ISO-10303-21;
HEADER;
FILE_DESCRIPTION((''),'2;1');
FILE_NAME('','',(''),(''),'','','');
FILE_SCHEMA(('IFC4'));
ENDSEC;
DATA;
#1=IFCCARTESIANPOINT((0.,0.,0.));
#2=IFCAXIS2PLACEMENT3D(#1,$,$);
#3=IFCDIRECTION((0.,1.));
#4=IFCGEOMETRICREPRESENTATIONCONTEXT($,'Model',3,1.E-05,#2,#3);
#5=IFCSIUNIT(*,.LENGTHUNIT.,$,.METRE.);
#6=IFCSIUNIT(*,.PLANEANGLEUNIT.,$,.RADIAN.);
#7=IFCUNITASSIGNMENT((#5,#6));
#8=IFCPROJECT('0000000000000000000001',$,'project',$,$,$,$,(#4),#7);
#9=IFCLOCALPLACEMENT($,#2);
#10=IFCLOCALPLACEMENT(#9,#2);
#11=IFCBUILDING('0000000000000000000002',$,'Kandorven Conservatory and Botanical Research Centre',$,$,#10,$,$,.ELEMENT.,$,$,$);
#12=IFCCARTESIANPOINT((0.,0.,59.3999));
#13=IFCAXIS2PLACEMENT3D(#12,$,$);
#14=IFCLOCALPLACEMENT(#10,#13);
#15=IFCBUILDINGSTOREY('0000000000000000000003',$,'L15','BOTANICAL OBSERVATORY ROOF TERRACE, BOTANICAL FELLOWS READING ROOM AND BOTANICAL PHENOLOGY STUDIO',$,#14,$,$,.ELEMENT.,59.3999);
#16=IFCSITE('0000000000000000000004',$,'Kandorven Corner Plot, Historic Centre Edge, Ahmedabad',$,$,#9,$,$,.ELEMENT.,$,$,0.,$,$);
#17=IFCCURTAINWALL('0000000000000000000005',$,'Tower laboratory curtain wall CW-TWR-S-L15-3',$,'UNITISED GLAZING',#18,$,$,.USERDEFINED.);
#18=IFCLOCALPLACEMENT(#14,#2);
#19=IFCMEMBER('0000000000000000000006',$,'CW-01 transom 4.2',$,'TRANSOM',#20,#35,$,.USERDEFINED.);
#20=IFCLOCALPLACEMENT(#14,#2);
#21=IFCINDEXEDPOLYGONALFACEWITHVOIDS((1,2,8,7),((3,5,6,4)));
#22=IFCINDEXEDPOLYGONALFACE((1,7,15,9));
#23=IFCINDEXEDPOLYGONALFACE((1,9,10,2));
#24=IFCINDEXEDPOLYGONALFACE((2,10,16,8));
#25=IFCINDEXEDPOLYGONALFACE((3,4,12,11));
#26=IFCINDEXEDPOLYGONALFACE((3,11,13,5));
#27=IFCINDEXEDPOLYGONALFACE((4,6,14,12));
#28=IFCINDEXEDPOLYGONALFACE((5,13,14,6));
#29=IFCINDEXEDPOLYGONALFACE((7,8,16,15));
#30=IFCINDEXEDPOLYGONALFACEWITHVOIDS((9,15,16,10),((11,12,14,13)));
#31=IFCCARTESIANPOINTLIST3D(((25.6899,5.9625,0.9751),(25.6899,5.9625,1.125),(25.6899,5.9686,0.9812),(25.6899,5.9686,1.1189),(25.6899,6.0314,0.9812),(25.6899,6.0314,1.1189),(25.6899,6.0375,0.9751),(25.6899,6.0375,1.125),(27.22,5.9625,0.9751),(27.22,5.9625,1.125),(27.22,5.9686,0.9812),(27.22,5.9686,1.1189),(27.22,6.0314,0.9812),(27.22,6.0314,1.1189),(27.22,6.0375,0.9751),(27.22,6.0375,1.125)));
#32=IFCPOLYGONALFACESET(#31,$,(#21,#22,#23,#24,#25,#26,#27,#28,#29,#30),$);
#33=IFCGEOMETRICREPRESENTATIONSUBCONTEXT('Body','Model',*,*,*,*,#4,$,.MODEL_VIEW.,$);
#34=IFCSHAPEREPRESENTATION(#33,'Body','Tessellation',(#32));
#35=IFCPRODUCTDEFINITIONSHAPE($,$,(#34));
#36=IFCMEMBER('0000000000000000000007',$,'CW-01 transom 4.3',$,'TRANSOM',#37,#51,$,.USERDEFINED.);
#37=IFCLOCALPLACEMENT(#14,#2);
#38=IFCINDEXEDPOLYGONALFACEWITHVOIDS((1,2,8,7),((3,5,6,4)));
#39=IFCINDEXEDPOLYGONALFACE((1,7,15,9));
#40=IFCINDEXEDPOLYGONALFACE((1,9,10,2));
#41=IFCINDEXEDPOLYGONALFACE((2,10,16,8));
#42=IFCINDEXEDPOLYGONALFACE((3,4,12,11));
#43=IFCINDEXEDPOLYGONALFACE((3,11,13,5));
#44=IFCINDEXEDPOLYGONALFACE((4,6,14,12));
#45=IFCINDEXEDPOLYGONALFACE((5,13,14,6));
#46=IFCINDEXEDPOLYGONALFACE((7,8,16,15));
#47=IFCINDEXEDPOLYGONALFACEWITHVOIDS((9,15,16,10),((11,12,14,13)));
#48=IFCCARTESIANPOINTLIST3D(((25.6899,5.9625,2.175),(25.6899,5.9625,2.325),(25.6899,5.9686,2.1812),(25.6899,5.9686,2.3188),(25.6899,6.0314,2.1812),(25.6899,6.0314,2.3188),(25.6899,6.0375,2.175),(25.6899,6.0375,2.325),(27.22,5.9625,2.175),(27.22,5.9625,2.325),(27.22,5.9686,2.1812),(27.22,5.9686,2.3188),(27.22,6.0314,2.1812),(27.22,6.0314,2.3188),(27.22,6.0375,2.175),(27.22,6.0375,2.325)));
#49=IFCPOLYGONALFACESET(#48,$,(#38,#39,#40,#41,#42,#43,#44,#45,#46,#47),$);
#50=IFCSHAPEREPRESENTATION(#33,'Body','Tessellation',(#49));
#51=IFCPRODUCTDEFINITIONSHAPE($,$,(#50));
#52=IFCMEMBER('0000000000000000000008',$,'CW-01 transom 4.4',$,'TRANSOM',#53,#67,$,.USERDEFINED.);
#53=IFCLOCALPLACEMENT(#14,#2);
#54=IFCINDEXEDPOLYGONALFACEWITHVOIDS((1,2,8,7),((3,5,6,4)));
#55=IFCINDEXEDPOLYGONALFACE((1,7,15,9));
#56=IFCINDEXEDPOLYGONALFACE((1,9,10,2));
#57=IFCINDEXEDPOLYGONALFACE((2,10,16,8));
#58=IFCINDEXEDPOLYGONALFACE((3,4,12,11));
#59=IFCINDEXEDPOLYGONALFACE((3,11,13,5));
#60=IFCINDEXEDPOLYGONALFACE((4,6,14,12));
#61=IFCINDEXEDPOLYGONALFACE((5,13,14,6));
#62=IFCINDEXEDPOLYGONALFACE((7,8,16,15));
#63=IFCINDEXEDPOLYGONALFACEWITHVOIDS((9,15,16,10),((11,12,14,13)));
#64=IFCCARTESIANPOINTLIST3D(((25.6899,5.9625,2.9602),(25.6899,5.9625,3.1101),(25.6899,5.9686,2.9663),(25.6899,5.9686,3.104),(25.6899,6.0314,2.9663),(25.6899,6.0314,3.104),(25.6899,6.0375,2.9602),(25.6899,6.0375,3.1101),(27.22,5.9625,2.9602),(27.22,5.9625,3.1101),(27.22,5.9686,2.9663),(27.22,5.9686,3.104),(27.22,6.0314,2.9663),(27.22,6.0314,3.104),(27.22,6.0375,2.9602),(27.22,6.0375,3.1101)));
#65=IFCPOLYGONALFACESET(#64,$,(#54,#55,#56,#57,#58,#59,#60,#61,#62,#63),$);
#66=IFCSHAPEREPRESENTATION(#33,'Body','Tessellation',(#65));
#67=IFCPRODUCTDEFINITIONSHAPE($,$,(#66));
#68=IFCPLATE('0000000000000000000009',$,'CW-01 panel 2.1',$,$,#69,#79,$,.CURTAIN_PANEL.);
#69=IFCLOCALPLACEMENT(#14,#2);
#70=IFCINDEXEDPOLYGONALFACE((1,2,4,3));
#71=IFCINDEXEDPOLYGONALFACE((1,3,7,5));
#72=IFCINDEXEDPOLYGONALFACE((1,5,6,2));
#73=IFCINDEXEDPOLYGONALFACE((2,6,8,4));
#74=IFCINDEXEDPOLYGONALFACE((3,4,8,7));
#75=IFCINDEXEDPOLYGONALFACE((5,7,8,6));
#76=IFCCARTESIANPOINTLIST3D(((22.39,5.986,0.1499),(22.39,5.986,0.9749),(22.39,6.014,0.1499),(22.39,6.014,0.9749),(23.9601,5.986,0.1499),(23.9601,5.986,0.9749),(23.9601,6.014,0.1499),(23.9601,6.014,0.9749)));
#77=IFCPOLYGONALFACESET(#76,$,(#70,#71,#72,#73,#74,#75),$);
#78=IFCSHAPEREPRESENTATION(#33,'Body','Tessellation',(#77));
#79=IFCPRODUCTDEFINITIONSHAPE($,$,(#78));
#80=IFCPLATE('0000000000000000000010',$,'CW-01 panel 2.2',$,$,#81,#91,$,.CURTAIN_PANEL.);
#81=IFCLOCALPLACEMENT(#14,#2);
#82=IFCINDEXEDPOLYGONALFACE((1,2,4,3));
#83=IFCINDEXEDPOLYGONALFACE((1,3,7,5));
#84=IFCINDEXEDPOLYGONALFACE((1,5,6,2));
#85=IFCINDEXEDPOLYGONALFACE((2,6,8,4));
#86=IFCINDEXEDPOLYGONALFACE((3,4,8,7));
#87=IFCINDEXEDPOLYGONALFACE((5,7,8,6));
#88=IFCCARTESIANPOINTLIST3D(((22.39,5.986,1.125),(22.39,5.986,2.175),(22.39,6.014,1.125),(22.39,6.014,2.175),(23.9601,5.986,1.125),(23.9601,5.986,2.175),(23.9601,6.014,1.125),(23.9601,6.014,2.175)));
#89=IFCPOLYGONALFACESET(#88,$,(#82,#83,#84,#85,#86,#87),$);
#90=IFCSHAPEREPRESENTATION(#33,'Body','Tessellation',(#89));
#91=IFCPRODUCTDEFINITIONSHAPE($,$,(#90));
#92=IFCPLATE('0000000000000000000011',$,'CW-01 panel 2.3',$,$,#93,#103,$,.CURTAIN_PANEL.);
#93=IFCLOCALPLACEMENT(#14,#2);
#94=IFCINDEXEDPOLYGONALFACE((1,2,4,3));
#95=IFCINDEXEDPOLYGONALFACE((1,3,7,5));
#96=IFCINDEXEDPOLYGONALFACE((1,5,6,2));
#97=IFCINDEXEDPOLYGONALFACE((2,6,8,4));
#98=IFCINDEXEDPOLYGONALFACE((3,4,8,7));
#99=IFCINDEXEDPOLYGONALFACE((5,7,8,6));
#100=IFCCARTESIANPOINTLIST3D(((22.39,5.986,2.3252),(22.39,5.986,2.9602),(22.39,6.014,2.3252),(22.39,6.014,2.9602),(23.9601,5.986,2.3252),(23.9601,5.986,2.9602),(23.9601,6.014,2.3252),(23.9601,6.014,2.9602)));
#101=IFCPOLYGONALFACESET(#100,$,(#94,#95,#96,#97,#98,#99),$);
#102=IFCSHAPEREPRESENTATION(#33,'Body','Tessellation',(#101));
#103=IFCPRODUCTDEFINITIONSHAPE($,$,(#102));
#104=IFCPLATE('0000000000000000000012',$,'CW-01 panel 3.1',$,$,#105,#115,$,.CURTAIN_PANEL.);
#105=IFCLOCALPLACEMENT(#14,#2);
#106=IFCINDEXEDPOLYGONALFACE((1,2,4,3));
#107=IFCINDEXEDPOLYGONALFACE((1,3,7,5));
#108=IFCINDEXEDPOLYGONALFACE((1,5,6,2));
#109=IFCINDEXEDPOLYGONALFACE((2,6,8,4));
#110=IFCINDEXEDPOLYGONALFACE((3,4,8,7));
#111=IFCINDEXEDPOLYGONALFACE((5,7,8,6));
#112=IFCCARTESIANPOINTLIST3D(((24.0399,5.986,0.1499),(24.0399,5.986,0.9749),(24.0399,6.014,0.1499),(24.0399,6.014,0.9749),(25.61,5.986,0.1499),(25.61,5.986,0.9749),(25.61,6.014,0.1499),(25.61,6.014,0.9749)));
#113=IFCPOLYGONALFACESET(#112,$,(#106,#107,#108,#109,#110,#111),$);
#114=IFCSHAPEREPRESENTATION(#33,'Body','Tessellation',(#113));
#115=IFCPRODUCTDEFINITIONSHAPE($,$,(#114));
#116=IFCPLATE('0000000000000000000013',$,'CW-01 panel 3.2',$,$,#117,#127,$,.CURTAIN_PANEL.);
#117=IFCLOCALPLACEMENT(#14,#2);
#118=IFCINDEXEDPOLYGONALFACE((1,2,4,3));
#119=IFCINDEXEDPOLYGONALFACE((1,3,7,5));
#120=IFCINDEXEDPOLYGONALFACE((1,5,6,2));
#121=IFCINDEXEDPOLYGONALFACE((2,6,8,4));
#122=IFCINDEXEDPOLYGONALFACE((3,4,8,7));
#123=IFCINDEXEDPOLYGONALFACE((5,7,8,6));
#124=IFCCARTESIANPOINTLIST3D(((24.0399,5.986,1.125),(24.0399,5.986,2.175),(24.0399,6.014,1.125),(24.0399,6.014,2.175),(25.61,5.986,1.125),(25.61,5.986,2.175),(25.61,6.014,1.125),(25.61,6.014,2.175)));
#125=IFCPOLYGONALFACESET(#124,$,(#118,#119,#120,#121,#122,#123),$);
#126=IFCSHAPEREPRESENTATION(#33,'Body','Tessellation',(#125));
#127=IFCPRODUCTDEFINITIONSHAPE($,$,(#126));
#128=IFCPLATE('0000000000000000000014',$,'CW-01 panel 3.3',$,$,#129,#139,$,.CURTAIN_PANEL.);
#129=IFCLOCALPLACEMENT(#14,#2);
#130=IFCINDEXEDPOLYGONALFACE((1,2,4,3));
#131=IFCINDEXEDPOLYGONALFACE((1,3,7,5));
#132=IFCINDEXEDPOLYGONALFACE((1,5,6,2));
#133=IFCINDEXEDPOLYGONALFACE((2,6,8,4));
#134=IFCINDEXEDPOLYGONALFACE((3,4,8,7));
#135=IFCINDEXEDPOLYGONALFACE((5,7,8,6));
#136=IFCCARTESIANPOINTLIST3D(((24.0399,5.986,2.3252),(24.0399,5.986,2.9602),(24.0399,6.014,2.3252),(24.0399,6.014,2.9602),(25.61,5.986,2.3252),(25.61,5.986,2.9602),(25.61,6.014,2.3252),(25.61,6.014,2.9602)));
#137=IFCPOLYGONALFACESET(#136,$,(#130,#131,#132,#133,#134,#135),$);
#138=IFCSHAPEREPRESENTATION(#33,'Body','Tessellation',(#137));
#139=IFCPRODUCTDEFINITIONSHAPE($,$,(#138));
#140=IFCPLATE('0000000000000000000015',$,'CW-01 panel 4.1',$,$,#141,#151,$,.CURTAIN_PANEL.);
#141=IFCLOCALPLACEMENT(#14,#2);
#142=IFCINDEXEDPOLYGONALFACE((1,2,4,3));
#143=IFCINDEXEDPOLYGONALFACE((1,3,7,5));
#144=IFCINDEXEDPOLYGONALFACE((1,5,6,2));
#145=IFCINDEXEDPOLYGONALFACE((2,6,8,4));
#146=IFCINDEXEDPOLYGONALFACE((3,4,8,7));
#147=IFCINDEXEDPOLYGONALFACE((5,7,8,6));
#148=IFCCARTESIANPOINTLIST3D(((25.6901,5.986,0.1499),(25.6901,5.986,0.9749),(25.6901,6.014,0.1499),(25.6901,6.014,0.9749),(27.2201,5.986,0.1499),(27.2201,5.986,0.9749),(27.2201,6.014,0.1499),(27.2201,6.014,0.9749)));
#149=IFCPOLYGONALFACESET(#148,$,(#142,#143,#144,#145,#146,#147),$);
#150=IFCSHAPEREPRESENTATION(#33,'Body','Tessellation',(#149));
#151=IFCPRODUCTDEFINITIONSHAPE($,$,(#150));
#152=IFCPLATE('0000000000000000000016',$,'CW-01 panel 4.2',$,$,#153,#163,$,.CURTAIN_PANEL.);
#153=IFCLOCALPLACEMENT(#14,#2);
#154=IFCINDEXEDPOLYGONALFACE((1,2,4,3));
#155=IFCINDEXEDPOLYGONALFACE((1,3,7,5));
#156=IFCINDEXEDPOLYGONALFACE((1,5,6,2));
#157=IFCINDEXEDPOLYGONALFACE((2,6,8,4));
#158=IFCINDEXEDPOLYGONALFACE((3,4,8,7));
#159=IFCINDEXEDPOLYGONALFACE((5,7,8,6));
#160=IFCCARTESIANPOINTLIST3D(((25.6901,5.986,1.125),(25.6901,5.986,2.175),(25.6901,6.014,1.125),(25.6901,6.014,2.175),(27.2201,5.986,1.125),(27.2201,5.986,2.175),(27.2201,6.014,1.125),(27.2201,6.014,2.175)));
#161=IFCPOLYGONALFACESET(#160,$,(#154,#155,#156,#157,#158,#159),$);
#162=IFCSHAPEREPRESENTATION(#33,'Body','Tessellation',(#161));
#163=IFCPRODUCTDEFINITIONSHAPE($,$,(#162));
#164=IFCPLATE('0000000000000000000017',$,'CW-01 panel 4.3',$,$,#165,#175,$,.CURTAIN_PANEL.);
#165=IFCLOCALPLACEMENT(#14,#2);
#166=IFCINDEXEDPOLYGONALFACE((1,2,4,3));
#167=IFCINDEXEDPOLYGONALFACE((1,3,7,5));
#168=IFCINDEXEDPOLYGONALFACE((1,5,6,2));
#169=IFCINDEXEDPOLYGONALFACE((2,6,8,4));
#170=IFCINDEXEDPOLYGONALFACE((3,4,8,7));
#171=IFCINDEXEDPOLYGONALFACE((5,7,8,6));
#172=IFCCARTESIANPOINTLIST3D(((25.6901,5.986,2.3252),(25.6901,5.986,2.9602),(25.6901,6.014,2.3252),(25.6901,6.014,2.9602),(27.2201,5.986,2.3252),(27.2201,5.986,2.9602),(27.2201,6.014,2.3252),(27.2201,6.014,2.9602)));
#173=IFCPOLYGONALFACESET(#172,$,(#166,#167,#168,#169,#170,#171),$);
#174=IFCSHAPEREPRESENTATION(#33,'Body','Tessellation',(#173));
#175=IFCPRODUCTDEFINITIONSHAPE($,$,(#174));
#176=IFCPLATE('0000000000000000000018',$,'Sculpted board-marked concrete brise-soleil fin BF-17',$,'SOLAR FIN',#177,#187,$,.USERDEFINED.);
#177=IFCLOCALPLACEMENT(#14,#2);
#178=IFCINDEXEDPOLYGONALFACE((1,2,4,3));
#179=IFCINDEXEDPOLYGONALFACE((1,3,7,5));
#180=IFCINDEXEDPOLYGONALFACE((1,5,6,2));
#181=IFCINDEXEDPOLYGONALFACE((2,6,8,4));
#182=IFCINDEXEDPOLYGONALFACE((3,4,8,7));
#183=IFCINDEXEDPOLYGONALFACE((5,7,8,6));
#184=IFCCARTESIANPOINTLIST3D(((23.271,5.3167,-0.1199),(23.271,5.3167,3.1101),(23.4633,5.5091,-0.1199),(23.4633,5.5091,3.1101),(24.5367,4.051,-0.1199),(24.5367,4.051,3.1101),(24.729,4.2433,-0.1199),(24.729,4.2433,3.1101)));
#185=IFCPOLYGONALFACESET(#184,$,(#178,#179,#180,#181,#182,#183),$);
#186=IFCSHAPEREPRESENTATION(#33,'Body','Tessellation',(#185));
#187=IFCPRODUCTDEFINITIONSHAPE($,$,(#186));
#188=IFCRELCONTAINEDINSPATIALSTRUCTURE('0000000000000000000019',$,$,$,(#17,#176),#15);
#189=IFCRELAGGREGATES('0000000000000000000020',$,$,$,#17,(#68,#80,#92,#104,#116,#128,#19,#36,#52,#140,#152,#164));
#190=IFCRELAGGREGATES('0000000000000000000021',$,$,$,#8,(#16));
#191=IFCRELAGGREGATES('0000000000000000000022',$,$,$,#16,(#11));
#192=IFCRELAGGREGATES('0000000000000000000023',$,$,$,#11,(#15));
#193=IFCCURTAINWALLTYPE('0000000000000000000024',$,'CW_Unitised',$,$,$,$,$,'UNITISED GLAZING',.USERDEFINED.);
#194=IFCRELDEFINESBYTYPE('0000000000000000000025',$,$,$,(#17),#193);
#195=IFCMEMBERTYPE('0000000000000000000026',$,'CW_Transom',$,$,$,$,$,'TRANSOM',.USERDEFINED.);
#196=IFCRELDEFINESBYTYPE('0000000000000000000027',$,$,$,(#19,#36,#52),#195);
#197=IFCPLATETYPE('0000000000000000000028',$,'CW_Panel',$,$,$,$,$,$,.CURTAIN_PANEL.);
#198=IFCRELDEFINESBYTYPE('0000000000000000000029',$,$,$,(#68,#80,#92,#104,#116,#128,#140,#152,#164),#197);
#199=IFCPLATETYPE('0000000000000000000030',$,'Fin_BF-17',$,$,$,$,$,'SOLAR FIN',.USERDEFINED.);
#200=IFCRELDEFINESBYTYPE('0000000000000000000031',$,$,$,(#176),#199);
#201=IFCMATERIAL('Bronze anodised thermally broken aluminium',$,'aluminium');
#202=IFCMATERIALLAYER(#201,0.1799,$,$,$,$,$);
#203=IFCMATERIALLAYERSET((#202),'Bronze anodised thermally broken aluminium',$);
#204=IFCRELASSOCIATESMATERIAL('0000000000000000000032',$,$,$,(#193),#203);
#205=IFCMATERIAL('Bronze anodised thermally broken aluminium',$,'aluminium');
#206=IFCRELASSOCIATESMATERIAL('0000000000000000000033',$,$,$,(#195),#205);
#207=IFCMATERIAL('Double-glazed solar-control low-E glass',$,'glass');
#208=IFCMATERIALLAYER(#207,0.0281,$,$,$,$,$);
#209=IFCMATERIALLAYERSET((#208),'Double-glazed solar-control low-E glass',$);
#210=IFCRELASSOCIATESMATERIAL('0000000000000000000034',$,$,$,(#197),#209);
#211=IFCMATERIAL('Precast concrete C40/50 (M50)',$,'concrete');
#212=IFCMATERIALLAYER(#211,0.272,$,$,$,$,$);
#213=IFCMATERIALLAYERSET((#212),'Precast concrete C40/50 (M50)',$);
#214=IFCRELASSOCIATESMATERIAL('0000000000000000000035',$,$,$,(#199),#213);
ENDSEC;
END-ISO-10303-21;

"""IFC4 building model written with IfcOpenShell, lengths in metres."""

from ifc_helpers import new_model, si_unit, direction, frame, origin, origin_2d, place, context, subcontext, project, spatial, rectangle, hollow_rectangle, extrude, material, layer, layer_set, material_profile, profile_set, type_object, element, aggregate, save


model = new_model("IFC4")

# Units and contexts
model_context = context("Model", 3, precision=1e-05, world=origin(), true_north=direction((0.0, 1.0)))
body_context = subcontext(model_context, "Body", "Model", "MODEL_VIEW")
ifc_project = project(units=[si_unit("LENGTHUNIT", "METRE"), si_unit("PLANEANGLEUNIT", "RADIAN")], contexts=[model_context])

# Site, building, storey
site_placement = place(None, origin())
site = spatial("IfcSite", under=ifc_project, at=site_placement, Name="Kandorven Corner Plot, Historic Centre Edge, Ahmedabad", CompositionType="ELEMENT", RefElevation=0.0)
building_placement = place(site_placement, origin())
building = spatial("IfcBuilding", under=site, at=building_placement, Name="Kandorven Conservatory and Botanical Research Centre", CompositionType="ELEMENT")
storey_placement = place(building_placement, frame((0.0, 0.0, 59.3999)))
storey = spatial("IfcBuildingStorey", under=building, at=storey_placement, Name="L15", Description="BOTANICAL OBSERVATORY ROOF TERRACE, BOTANICAL FELLOWS READING ROOM AND BOTANICAL PHENOLOGY STUDIO", CompositionType="ELEMENT", Elevation=59.3999)

# Curtain wall, members, plates
ifc_material_1 = material(Name="Bronze anodised thermally broken aluminium", Category="aluminium")
ifc_layer_1 = layer(ifc_material_1, 0.1799)
ifc_layer_set_1 = layer_set([ifc_layer_1], Name="Bronze anodised thermally broken aluminium")
curtain_wall_type = type_object("IfcCurtainWallType", Name="CW_Unitised", ElementType="UNITISED GLAZING", PredefinedType="USERDEFINED", material=ifc_layer_set_1)
curtain_wall_placement = place(storey_placement, origin())
curtain_wall = element("IfcCurtainWall", 1, at=curtain_wall_placement, inside=storey, type_object=curtain_wall_type, Name="Tower laboratory curtain wall CW-TWR-S-L15-3", ObjectType="UNITISED GLAZING", PredefinedType="USERDEFINED")
ifc_material_2 = material(Name="Bronze anodised thermally broken aluminium", Category="aluminium")
ifc_material_profile_1 = material_profile(ifc_material_2, hollow_rectangle(XDim=0.075, YDim=0.1499, WallThickness=0.0061, at=origin_2d()))
ifc_profile_set_1 = profile_set([ifc_material_profile_1], Name="Bronze anodised thermally broken aluminium")
member_type_1 = type_object("IfcMemberType", Name="CW_Transom", ElementType="TRANSOM", PredefinedType="USERDEFINED", material=ifc_profile_set_1)
member_1_placement = place(storey_placement, frame((25.6899, 6.0, 1.05), z_axis=(1.0, 0.0, 0.0), x_axis=(0.0, 1.0, 0.0)))
member_1 = element("IfcMember", 2, at=member_1_placement, type_object=member_type_1, Name="CW-01 transom 4.2", ObjectType="TRANSOM", PredefinedType="USERDEFINED", context=body_context, shape_type="SweptSolid", body=[
    extrude(hollow_rectangle(XDim=0.075, YDim=0.1499, WallThickness=0.0061, at=origin_2d()), origin(), (0.0, 0.0, 1.0), 1.53),
])
member_2_placement = place(storey_placement, frame((25.6899, 6.0, 2.25), z_axis=(1.0, 0.0, 0.0), x_axis=(0.0, 1.0, 0.0)))
member_2 = element("IfcMember", 3, at=member_2_placement, type_object=member_type_1, Name="CW-01 transom 4.3", ObjectType="TRANSOM", PredefinedType="USERDEFINED", context=body_context, shape_type="SweptSolid", body=[
    extrude(hollow_rectangle(XDim=0.075, YDim=0.1499, WallThickness=0.0061, at=origin_2d()), origin(), (0.0, 0.0, 1.0), 1.53),
])
member_3_placement = place(storey_placement, frame((25.6899, 6.0, 3.0352), z_axis=(1.0, 0.0, 0.0), x_axis=(0.0, 1.0, 0.0)))
member_3 = element("IfcMember", 4, at=member_3_placement, type_object=member_type_1, Name="CW-01 transom 4.4", ObjectType="TRANSOM", PredefinedType="USERDEFINED", context=body_context, shape_type="SweptSolid", body=[
    extrude(hollow_rectangle(XDim=0.075, YDim=0.1499, WallThickness=0.0061, at=origin_2d()), origin(), (0.0, 0.0, 1.0), 1.53),
])
ifc_material_3 = material(Name="Double-glazed solar-control low-E glass", Category="glass")
ifc_layer_2 = layer(ifc_material_3, 0.0281)
ifc_layer_set_2 = layer_set([ifc_layer_2], Name="Double-glazed solar-control low-E glass")
plate_type_1 = type_object("IfcPlateType", Name="CW_Panel", PredefinedType="CURTAIN_PANEL", material=ifc_layer_set_2)
plate_1_placement = place(storey_placement, frame((23.175, 6.0, 0.1499), z_axis=(0.0, 0.0, 1.0), x_axis=(1.0, 0.0, 0.0)))
plate_1 = element("IfcPlate", 5, at=plate_1_placement, type_object=plate_type_1, Name="CW-01 panel 2.1", PredefinedType="CURTAIN_PANEL", context=body_context, shape_type="SweptSolid", body=[
    extrude(rectangle(XDim=1.5701, YDim=0.0281, at=origin_2d()), origin(), (0.0, 0.0, 1.0), 0.825),
])
plate_2_placement = place(storey_placement, frame((23.175, 6.0, 1.125), z_axis=(0.0, 0.0, 1.0), x_axis=(1.0, 0.0, 0.0)))
plate_2 = element("IfcPlate", 6, at=plate_2_placement, type_object=plate_type_1, Name="CW-01 panel 2.2", PredefinedType="CURTAIN_PANEL", context=body_context, shape_type="SweptSolid", body=[
    extrude(rectangle(XDim=1.5701, YDim=0.0281, at=origin_2d()), origin(), (0.0, 0.0, 1.0), 1.05),
])
plate_3_placement = place(storey_placement, frame((23.175, 6.0, 2.3252), z_axis=(0.0, 0.0, 1.0), x_axis=(1.0, 0.0, 0.0)))
plate_3 = element("IfcPlate", 7, at=plate_3_placement, type_object=plate_type_1, Name="CW-01 panel 2.3", PredefinedType="CURTAIN_PANEL", context=body_context, shape_type="SweptSolid", body=[
    extrude(rectangle(XDim=1.5701, YDim=0.0281, at=origin_2d()), origin(), (0.0, 0.0, 1.0), 0.635),
])
plate_4_placement = place(storey_placement, frame((24.825, 6.0, 0.1499), z_axis=(0.0, 0.0, 1.0), x_axis=(1.0, 0.0, 0.0)))
plate_4 = element("IfcPlate", 8, at=plate_4_placement, type_object=plate_type_1, Name="CW-01 panel 3.1", PredefinedType="CURTAIN_PANEL", context=body_context, shape_type="SweptSolid", body=[
    extrude(rectangle(XDim=1.5701, YDim=0.0281, at=origin_2d()), origin(), (0.0, 0.0, 1.0), 0.825),
])
plate_5_placement = place(storey_placement, frame((24.825, 6.0, 1.125), z_axis=(0.0, 0.0, 1.0), x_axis=(1.0, 0.0, 0.0)))
plate_5 = element("IfcPlate", 9, at=plate_5_placement, type_object=plate_type_1, Name="CW-01 panel 3.2", PredefinedType="CURTAIN_PANEL", context=body_context, shape_type="SweptSolid", body=[
    extrude(rectangle(XDim=1.5701, YDim=0.0281, at=origin_2d()), origin(), (0.0, 0.0, 1.0), 1.05),
])
plate_6_placement = place(storey_placement, frame((24.825, 6.0, 2.3252), z_axis=(0.0, 0.0, 1.0), x_axis=(1.0, 0.0, 0.0)))
plate_6 = element("IfcPlate", 10, at=plate_6_placement, type_object=plate_type_1, Name="CW-01 panel 3.3", PredefinedType="CURTAIN_PANEL", context=body_context, shape_type="SweptSolid", body=[
    extrude(rectangle(XDim=1.5701, YDim=0.0281, at=origin_2d()), origin(), (0.0, 0.0, 1.0), 0.635),
])
plate_7_placement = place(storey_placement, frame((26.4551, 6.0, 0.1499), z_axis=(0.0, 0.0, 1.0), x_axis=(1.0, 0.0, 0.0)))
plate_7 = element("IfcPlate", 11, at=plate_7_placement, type_object=plate_type_1, Name="CW-01 panel 4.1", PredefinedType="CURTAIN_PANEL", context=body_context, shape_type="SweptSolid", body=[
    extrude(rectangle(XDim=1.53, YDim=0.0281, at=origin_2d()), origin(), (0.0, 0.0, 1.0), 0.825),
])
plate_8_placement = place(storey_placement, frame((26.4551, 6.0, 1.125), z_axis=(0.0, 0.0, 1.0), x_axis=(1.0, 0.0, 0.0)))
plate_8 = element("IfcPlate", 12, at=plate_8_placement, type_object=plate_type_1, Name="CW-01 panel 4.2", PredefinedType="CURTAIN_PANEL", context=body_context, shape_type="SweptSolid", body=[
    extrude(rectangle(XDim=1.53, YDim=0.0281, at=origin_2d()), origin(), (0.0, 0.0, 1.0), 1.05),
])
plate_9_placement = place(storey_placement, frame((26.4551, 6.0, 2.3252), z_axis=(0.0, 0.0, 1.0), x_axis=(1.0, 0.0, 0.0)))
plate_9 = element("IfcPlate", 13, at=plate_9_placement, type_object=plate_type_1, Name="CW-01 panel 4.3", PredefinedType="CURTAIN_PANEL", context=body_context, shape_type="SweptSolid", body=[
    extrude(rectangle(XDim=1.53, YDim=0.0281, at=origin_2d()), origin(), (0.0, 0.0, 1.0), 0.635),
])
aggregate(curtain_wall, [plate_1, plate_2, plate_3, plate_4, plate_5, plate_6, member_1, member_2, member_3, plate_7, plate_8, plate_9])

# Plate
ifc_material_4 = material(Name="Precast concrete C40/50 (M50)", Category="concrete")
ifc_layer_3 = layer(ifc_material_4, 0.272)
ifc_layer_set_3 = layer_set([ifc_layer_3], Name="Precast concrete C40/50 (M50)")
plate_type_2 = type_object("IfcPlateType", Name="Fin_BF-17", ElementType="SOLAR FIN", PredefinedType="USERDEFINED", material=ifc_layer_set_3)
plate_10_placement = place(storey_placement, frame((24.0, 4.78, -0.1199), z_axis=(0.0, 0.0, 1.0), x_axis=(-0.707107, 0.707107, 0.0)))
element("IfcPlate", 14, at=plate_10_placement, inside=storey, type_object=plate_type_2, Name="Sculpted board-marked concrete brise-soleil fin BF-17", ObjectType="SOLAR FIN", PredefinedType="USERDEFINED", context=body_context, shape_type="SweptSolid", body=[
    extrude(rectangle(XDim=1.79, YDim=0.272, at=origin_2d()), origin(), (0.0, 0.0, 1.0), 3.23),
])

save(model, "model.ifc")
